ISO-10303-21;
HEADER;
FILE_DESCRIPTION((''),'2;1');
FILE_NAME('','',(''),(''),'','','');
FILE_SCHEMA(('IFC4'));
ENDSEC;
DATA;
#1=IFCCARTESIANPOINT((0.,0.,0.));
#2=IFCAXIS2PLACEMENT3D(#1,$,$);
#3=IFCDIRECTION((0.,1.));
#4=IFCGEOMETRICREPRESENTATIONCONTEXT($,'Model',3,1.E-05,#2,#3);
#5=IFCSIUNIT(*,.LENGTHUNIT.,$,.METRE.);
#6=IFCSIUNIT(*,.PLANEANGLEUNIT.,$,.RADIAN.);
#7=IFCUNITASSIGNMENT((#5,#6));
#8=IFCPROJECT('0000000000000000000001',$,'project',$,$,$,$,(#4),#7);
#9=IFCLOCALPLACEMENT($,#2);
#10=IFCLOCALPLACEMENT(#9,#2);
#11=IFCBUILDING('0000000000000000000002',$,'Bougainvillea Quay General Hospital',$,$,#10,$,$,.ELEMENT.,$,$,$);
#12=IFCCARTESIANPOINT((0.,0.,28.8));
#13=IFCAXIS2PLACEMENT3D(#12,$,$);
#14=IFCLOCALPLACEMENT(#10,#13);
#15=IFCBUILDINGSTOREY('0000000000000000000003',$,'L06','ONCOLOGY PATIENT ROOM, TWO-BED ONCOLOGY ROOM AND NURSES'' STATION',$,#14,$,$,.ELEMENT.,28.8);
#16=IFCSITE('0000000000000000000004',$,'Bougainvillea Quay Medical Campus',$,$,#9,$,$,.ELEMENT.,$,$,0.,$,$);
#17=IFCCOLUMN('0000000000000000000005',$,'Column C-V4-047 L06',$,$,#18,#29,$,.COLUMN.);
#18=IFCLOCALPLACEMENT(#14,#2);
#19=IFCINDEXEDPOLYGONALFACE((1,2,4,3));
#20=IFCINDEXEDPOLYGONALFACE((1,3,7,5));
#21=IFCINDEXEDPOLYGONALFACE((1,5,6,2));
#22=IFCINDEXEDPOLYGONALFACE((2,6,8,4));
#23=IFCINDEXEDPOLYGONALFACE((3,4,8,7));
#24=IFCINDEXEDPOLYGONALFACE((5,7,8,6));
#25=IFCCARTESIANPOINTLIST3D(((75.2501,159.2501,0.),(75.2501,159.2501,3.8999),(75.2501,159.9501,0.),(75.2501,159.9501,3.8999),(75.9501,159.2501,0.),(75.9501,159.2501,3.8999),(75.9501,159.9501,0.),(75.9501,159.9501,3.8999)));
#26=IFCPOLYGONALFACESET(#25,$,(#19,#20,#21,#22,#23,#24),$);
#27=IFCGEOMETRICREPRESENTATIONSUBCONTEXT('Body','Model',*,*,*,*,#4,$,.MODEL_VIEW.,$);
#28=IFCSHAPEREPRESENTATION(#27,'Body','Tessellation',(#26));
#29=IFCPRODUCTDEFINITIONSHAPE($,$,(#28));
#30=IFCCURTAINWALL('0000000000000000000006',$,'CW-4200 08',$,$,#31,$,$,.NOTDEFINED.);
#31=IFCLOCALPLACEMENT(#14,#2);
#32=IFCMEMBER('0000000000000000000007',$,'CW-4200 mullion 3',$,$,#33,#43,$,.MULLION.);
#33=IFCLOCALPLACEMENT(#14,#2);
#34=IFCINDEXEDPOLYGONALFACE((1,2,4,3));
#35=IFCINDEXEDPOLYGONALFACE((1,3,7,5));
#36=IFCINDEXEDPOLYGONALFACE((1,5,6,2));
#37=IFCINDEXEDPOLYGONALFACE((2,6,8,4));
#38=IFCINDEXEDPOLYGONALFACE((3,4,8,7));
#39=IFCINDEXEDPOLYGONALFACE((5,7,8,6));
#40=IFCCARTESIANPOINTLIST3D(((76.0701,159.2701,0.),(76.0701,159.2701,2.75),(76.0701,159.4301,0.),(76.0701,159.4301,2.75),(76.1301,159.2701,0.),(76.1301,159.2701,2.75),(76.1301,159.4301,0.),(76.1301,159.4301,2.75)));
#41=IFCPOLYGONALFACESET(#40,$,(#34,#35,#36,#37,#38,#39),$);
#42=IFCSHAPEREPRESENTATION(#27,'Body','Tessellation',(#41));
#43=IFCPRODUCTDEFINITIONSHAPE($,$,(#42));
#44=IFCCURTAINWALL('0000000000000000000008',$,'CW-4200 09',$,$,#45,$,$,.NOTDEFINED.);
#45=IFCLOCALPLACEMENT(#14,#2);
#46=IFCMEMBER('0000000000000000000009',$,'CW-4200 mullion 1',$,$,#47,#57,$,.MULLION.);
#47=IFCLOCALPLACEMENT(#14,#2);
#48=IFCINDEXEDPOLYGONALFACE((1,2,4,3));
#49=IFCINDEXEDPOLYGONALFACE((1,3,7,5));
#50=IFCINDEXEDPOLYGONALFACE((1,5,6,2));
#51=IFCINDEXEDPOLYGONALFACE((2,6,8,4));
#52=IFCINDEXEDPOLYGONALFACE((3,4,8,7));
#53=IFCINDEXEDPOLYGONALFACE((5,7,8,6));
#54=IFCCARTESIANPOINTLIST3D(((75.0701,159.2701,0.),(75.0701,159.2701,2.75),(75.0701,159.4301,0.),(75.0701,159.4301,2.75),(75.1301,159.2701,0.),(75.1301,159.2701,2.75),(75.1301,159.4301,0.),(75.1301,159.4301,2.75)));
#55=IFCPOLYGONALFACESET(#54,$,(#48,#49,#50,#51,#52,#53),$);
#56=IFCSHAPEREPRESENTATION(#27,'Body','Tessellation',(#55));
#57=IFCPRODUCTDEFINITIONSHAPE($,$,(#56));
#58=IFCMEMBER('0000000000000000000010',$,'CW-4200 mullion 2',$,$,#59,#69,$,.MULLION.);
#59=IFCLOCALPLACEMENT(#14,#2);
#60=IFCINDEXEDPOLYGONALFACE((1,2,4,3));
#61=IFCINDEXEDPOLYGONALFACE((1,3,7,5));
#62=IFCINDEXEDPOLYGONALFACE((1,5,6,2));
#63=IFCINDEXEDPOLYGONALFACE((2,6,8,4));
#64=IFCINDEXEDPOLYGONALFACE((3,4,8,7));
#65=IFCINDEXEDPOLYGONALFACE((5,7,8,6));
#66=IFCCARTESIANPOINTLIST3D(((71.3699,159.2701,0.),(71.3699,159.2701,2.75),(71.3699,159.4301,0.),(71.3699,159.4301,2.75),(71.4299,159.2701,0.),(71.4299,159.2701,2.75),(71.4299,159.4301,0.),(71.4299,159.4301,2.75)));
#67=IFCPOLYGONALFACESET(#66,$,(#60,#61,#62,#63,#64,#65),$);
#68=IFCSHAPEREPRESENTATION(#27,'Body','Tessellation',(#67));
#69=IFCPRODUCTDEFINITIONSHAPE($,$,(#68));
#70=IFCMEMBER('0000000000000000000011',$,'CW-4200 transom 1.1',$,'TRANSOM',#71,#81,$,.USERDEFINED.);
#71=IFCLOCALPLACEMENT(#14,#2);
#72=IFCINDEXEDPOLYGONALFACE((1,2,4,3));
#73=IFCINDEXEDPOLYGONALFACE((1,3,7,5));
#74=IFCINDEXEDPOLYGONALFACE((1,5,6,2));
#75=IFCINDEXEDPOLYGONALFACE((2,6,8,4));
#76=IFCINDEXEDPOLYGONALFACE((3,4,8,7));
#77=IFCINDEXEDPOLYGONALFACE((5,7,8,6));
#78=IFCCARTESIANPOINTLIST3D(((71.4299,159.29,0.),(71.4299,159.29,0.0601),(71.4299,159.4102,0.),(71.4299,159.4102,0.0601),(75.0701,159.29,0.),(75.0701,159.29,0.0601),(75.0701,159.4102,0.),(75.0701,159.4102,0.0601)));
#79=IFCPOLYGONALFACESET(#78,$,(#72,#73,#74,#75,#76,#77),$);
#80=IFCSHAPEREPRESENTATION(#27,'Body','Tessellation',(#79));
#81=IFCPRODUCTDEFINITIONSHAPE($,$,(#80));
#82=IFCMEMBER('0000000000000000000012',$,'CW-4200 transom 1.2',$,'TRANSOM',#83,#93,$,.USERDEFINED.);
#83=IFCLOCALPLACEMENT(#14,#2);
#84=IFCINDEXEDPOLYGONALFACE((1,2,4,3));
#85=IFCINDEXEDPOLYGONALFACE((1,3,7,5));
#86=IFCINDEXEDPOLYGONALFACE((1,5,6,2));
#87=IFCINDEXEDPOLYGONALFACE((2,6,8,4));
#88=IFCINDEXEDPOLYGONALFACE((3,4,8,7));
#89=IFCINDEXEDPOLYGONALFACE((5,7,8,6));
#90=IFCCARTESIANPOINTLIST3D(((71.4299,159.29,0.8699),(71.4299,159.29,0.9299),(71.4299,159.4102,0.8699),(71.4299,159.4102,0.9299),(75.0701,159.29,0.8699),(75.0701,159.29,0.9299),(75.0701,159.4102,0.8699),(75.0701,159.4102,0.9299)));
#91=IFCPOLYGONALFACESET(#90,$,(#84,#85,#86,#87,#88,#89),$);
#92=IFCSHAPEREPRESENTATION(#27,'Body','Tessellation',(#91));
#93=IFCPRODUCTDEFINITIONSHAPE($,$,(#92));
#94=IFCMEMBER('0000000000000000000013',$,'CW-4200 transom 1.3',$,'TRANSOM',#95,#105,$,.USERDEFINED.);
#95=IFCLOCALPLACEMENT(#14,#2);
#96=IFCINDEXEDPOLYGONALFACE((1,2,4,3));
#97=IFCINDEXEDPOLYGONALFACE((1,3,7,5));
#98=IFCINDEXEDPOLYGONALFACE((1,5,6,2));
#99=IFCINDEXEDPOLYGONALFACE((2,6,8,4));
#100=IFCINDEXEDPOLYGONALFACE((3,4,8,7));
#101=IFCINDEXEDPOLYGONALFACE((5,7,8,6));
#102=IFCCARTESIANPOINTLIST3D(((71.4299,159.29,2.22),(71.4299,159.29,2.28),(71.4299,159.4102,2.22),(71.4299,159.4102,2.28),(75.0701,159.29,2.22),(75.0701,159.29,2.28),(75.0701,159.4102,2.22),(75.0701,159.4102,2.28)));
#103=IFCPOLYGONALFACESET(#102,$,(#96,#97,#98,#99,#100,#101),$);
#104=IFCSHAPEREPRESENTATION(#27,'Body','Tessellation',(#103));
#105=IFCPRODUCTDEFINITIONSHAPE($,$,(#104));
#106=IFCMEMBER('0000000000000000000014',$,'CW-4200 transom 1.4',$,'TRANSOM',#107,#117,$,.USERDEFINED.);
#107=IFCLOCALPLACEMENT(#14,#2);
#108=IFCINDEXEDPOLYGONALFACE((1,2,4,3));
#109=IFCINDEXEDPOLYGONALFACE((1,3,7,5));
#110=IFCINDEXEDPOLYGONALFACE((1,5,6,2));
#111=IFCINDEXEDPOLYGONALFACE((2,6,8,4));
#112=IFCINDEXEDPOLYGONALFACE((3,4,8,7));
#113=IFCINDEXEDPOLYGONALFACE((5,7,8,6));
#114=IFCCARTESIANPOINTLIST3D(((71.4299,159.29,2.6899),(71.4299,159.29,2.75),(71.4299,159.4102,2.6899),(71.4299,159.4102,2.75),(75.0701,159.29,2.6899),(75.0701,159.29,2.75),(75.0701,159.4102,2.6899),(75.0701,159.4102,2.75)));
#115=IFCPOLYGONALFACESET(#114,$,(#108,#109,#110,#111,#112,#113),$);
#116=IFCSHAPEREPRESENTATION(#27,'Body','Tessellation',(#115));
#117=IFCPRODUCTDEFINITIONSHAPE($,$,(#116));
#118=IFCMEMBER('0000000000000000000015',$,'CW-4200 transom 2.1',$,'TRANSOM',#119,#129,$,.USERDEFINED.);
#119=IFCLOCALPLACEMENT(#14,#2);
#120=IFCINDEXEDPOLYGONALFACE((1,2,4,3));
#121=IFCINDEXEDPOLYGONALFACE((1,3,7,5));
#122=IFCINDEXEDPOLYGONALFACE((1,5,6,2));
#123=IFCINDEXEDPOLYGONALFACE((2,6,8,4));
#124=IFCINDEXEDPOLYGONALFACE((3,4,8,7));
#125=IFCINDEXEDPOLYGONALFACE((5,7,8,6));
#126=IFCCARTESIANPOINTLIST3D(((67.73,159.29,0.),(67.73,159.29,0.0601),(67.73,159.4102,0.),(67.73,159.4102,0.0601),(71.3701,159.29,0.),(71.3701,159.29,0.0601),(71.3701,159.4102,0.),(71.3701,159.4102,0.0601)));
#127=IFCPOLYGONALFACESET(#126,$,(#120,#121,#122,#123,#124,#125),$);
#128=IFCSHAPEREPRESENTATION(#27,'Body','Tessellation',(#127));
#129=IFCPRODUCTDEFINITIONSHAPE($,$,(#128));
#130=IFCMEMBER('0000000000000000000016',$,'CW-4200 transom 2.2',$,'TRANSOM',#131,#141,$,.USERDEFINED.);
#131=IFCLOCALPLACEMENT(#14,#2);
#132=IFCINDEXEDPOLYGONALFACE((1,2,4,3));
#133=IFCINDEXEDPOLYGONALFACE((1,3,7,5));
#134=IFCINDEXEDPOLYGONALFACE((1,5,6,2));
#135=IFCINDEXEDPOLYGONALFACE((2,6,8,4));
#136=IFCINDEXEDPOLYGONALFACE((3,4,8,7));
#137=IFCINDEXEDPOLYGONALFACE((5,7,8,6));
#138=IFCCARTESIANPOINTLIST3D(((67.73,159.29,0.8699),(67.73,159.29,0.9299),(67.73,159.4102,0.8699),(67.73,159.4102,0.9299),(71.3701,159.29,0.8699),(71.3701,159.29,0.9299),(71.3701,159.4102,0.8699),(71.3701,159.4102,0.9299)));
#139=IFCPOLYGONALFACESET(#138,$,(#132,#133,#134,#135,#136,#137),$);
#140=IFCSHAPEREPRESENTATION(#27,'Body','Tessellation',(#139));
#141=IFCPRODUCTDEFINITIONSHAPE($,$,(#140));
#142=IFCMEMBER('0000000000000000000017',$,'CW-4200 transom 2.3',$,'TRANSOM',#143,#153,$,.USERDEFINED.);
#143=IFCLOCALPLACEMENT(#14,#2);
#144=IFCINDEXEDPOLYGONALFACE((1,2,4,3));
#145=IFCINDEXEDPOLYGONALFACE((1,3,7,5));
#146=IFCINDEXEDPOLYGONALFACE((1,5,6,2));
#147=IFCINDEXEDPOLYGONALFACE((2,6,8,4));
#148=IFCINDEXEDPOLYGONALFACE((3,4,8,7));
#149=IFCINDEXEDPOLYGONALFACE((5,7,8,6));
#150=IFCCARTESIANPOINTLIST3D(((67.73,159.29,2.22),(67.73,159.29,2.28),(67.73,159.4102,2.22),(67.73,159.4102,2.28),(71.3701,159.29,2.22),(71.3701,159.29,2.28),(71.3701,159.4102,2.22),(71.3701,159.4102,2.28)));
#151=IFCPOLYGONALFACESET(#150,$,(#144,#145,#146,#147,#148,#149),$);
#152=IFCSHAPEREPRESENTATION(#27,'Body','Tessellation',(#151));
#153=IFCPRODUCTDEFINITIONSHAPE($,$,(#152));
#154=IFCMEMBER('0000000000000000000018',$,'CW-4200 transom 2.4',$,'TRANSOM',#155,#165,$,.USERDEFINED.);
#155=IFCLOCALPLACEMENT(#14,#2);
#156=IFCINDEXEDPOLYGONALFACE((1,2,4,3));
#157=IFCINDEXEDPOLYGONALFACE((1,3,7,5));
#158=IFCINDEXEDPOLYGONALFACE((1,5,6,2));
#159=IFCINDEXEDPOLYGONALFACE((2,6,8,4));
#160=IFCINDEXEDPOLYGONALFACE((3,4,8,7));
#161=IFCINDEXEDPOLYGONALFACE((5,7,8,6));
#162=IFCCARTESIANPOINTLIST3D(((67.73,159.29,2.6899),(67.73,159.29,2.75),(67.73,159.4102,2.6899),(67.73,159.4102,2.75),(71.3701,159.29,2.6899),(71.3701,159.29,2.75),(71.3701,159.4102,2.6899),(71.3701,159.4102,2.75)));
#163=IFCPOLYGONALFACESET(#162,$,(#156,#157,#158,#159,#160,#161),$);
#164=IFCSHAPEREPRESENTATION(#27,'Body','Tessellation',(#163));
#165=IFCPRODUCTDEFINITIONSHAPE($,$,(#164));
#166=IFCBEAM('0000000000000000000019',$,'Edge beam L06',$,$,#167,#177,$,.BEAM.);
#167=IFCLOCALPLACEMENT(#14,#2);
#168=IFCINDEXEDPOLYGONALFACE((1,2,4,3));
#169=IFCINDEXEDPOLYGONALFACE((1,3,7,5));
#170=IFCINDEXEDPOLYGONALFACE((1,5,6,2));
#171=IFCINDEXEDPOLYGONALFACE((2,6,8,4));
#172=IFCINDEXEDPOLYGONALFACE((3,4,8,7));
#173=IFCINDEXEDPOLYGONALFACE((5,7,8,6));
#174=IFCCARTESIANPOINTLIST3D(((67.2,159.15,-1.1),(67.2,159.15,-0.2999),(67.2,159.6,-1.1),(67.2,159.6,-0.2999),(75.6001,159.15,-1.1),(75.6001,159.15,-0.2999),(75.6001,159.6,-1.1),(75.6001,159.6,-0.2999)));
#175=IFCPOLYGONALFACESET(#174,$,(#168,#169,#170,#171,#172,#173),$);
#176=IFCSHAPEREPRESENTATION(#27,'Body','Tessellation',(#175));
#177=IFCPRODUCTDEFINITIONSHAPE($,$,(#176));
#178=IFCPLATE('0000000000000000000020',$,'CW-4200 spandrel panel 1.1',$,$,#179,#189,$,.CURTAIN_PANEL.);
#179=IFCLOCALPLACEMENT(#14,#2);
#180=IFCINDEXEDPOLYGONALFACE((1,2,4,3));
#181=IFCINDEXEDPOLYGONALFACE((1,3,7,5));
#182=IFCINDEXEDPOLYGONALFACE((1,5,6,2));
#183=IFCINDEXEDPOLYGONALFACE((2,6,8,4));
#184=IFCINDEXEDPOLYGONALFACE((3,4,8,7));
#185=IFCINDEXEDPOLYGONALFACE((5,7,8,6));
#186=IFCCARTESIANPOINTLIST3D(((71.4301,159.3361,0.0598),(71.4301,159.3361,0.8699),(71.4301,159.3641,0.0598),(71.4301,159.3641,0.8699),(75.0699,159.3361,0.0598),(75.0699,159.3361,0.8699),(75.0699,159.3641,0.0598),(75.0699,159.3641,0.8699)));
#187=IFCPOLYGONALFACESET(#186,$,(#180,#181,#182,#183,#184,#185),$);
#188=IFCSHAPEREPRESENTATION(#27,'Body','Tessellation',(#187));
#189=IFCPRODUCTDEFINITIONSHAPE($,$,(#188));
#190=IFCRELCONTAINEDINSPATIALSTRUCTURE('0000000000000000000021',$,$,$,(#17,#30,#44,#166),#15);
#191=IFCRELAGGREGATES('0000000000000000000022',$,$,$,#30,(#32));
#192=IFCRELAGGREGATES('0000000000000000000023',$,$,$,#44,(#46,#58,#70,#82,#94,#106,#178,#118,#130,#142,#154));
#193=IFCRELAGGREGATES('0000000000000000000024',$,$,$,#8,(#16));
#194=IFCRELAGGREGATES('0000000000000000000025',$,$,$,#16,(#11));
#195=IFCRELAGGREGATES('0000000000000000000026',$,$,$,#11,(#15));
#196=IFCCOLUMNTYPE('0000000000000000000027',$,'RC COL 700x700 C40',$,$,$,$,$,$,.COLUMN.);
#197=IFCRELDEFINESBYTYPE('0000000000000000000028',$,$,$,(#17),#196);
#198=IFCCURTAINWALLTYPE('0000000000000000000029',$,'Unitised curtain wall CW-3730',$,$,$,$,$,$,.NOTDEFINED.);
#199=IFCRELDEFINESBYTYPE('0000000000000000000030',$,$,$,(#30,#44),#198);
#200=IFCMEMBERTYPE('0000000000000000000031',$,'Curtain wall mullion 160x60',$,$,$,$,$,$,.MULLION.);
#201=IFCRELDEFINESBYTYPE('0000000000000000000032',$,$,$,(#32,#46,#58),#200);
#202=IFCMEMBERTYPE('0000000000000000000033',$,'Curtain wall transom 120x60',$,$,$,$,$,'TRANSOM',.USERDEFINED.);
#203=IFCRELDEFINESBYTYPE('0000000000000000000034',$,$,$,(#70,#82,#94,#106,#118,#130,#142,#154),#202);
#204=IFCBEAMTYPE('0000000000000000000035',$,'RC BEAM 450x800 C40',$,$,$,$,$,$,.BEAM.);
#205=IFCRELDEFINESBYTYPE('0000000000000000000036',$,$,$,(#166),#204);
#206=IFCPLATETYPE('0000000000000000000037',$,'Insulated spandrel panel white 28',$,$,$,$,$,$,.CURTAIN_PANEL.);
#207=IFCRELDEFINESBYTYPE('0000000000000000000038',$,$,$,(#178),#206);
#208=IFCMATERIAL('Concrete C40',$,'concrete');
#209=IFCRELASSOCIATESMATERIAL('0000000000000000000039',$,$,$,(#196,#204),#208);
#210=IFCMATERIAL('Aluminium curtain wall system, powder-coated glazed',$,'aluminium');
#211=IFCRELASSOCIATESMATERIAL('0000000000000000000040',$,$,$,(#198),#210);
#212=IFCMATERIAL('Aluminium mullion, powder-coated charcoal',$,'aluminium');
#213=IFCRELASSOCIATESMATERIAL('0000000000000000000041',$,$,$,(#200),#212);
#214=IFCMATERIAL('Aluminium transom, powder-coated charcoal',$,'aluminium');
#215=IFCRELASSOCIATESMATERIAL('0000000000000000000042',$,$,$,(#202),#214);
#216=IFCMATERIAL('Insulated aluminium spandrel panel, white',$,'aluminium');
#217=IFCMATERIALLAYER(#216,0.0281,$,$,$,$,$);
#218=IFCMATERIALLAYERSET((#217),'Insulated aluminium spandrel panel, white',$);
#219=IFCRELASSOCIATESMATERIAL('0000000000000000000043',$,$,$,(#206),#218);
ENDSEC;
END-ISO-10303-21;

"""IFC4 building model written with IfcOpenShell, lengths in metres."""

from ifc_helpers import new_model, si_unit, direction, frame, origin, origin_2d, place, context, subcontext, project, spatial, rectangle, extrude, material, layer, layer_set, material_profile, profile_set, type_object, element, aggregate, save


model = new_model("IFC4")

# Units and contexts
model_context = context("Model", 3, precision=1e-05, world=origin(), true_north=direction((0.0, 1.0)))
body_context = subcontext(model_context, "Body", "Model", "MODEL_VIEW")
ifc_project = project(units=[si_unit("LENGTHUNIT", "METRE"), si_unit("PLANEANGLEUNIT", "RADIAN")], contexts=[model_context])

# Site, building, storey
site_placement = place(None, origin())
site = spatial("IfcSite", under=ifc_project, at=site_placement, Name="Bougainvillea Quay Medical Campus", CompositionType="ELEMENT", RefElevation=0.0)
building_placement = place(site_placement, origin())
building = spatial("IfcBuilding", under=site, at=building_placement, Name="Bougainvillea Quay General Hospital", CompositionType="ELEMENT")
storey_placement = place(building_placement, frame((0.0, 0.0, 28.8)))
storey = spatial("IfcBuildingStorey", under=building, at=storey_placement, Name="L06", Description="ONCOLOGY PATIENT ROOM, TWO-BED ONCOLOGY ROOM AND NURSES' STATION", CompositionType="ELEMENT", Elevation=28.8)

# Column
ifc_material_1 = material(Name="Concrete C40", Category="concrete")
ifc_material_profile_1 = material_profile(ifc_material_1, rectangle(XDim=0.7, YDim=0.7, at=origin_2d()))
ifc_profile_set_1 = profile_set([ifc_material_profile_1], Name="Concrete C40")
column_type = type_object("IfcColumnType", Name="RC COL 700x700 C40", PredefinedType="COLUMN", material=ifc_profile_set_1)
column_placement = place(storey_placement, frame((75.6001, 159.6001, 0.0), z_axis=(0.0, 0.0, 1.0), x_axis=(1.0, 0.0, 0.0)))
element("IfcColumn", 1, at=column_placement, inside=storey, type_object=column_type, Name="Column C-V4-047 L06", PredefinedType="COLUMN", context=body_context, shape_type="SweptSolid", body=[
    extrude(rectangle(XDim=0.7, YDim=0.7, at=origin_2d()), origin(), (0.0, 0.0, 1.0), 3.8999),
])

# Curtain wall, member
ifc_material_2 = material(Name="Aluminium curtain wall system, powder-coated glazed", Category="aluminium")
curtain_wall_type = type_object("IfcCurtainWallType", Name="Unitised curtain wall CW-3730", PredefinedType="NOTDEFINED", material=ifc_material_2)
curtain_wall_1_placement = place(storey_placement, origin())
curtain_wall_1 = element("IfcCurtainWall", 2, at=curtain_wall_1_placement, inside=storey, type_object=curtain_wall_type, Name="CW-4200 08", PredefinedType="NOTDEFINED")
ifc_material_3 = material(Name="Aluminium mullion, powder-coated charcoal", Category="aluminium")
ifc_material_profile_2 = material_profile(ifc_material_3, rectangle(XDim=0.1599, YDim=0.0601, at=origin_2d()))
ifc_profile_set_2 = profile_set([ifc_material_profile_2], Name="Aluminium mullion, powder-coated charcoal")
member_type_1 = type_object("IfcMemberType", Name="Curtain wall mullion 160x60", PredefinedType="MULLION", material=ifc_profile_set_2)
member_1_placement = place(storey_placement, frame((76.1001, 159.3501, 0.0), z_axis=(0.0, 0.0, 1.0), x_axis=(0.0, -1.0, 0.0)))
member_1 = element("IfcMember", 3, at=member_1_placement, type_object=member_type_1, Name="CW-4200 mullion 3", PredefinedType="MULLION", context=body_context, shape_type="SweptSolid", body=[
    extrude(rectangle(XDim=0.1599, YDim=0.0601, at=origin_2d()), origin(), (0.0, 0.0, 1.0), 2.75),
])
aggregate(curtain_wall_1, [member_1])

# Curtain wall, members
curtain_wall_2_placement = place(storey_placement, origin())
curtain_wall_2 = element("IfcCurtainWall", 4, at=curtain_wall_2_placement, inside=storey, type_object=curtain_wall_type, Name="CW-4200 09", PredefinedType="NOTDEFINED")
member_2_placement = place(storey_placement, frame((75.1001, 159.3501, 0.0), z_axis=(0.0, 0.0, 1.0), x_axis=(0.0, -1.0, 0.0)))
member_2 = element("IfcMember", 5, at=member_2_placement, type_object=member_type_1, Name="CW-4200 mullion 1", PredefinedType="MULLION", context=body_context, shape_type="SweptSolid", body=[
    extrude(rectangle(XDim=0.1599, YDim=0.0601, at=origin_2d()), origin(), (0.0, 0.0, 1.0), 2.75),
])
member_3_placement = place(storey_placement, frame((71.3999, 159.3501, 0.0), z_axis=(0.0, 0.0, 1.0), x_axis=(0.0, -1.0, 0.0)))
member_3 = element("IfcMember", 6, at=member_3_placement, type_object=member_type_1, Name="CW-4200 mullion 2", PredefinedType="MULLION", context=body_context, shape_type="SweptSolid", body=[
    extrude(rectangle(XDim=0.1599, YDim=0.0601, at=origin_2d()), origin(), (0.0, 0.0, 1.0), 2.75),
])
ifc_material_4 = material(Name="Aluminium transom, powder-coated charcoal", Category="aluminium")
ifc_material_profile_3 = material_profile(ifc_material_4, rectangle(XDim=0.1201, YDim=0.0601, at=origin_2d()))
ifc_profile_set_3 = profile_set([ifc_material_profile_3], Name="Aluminium transom, powder-coated charcoal")
member_type_2 = type_object("IfcMemberType", Name="Curtain wall transom 120x60", ElementType="TRANSOM", PredefinedType="USERDEFINED", material=ifc_profile_set_3)
member_4_placement = place(storey_placement, frame((75.0701, 159.3501, 0.03), z_axis=(-1.0, 0.0, 0.0), x_axis=(0.0, -1.0, 0.0)))
member_4 = element("IfcMember", 7, at=member_4_placement, type_object=member_type_2, Name="CW-4200 transom 1.1", ObjectType="TRANSOM", PredefinedType="USERDEFINED", context=body_context, shape_type="SweptSolid", body=[
    extrude(rectangle(XDim=0.1201, YDim=0.0601, at=origin_2d()), origin(), (0.0, 0.0, 1.0), 3.6401),
])
member_5_placement = place(storey_placement, frame((75.0701, 159.3501, 0.8999), z_axis=(-1.0, 0.0, 0.0), x_axis=(0.0, -1.0, 0.0)))
member_5 = element("IfcMember", 8, at=member_5_placement, type_object=member_type_2, Name="CW-4200 transom 1.2", ObjectType="TRANSOM", PredefinedType="USERDEFINED", context=body_context, shape_type="SweptSolid", body=[
    extrude(rectangle(XDim=0.1201, YDim=0.0601, at=origin_2d()), origin(), (0.0, 0.0, 1.0), 3.6401),
])
member_6_placement = place(storey_placement, frame((75.0701, 159.3501, 2.25), z_axis=(-1.0, 0.0, 0.0), x_axis=(0.0, -1.0, 0.0)))
member_6 = element("IfcMember", 9, at=member_6_placement, type_object=member_type_2, Name="CW-4200 transom 1.3", ObjectType="TRANSOM", PredefinedType="USERDEFINED", context=body_context, shape_type="SweptSolid", body=[
    extrude(rectangle(XDim=0.1201, YDim=0.0601, at=origin_2d()), origin(), (0.0, 0.0, 1.0), 3.6401),
])
member_7_placement = place(storey_placement, frame((75.0701, 159.3501, 2.72), z_axis=(-1.0, 0.0, 0.0), x_axis=(0.0, -1.0, 0.0)))
member_7 = element("IfcMember", 10, at=member_7_placement, type_object=member_type_2, Name="CW-4200 transom 1.4", ObjectType="TRANSOM", PredefinedType="USERDEFINED", context=body_context, shape_type="SweptSolid", body=[
    extrude(rectangle(XDim=0.1201, YDim=0.0601, at=origin_2d()), origin(), (0.0, 0.0, 1.0), 3.6401),
])
member_8_placement = place(storey_placement, frame((71.3701, 159.3501, 0.03), z_axis=(-1.0, 0.0, 0.0), x_axis=(0.0, -1.0, 0.0)))
member_8 = element("IfcMember", 11, at=member_8_placement, type_object=member_type_2, Name="CW-4200 transom 2.1", ObjectType="TRANSOM", PredefinedType="USERDEFINED", context=body_context, shape_type="SweptSolid", body=[
    extrude(rectangle(XDim=0.1201, YDim=0.0601, at=origin_2d()), origin(), (0.0, 0.0, 1.0), 3.6401),
])
member_9_placement = place(storey_placement, frame((71.3701, 159.3501, 0.8999), z_axis=(-1.0, 0.0, 0.0), x_axis=(0.0, -1.0, 0.0)))
member_9 = element("IfcMember", 12, at=member_9_placement, type_object=member_type_2, Name="CW-4200 transom 2.2", ObjectType="TRANSOM", PredefinedType="USERDEFINED", context=body_context, shape_type="SweptSolid", body=[
    extrude(rectangle(XDim=0.1201, YDim=0.0601, at=origin_2d()), origin(), (0.0, 0.0, 1.0), 3.6401),
])
member_10_placement = place(storey_placement, frame((71.3701, 159.3501, 2.25), z_axis=(-1.0, 0.0, 0.0), x_axis=(0.0, -1.0, 0.0)))
member_10 = element("IfcMember", 13, at=member_10_placement, type_object=member_type_2, Name="CW-4200 transom 2.3", ObjectType="TRANSOM", PredefinedType="USERDEFINED", context=body_context, shape_type="SweptSolid", body=[
    extrude(rectangle(XDim=0.1201, YDim=0.0601, at=origin_2d()), origin(), (0.0, 0.0, 1.0), 3.6401),
])
member_11_placement = place(storey_placement, frame((71.3701, 159.3501, 2.72), z_axis=(-1.0, 0.0, 0.0), x_axis=(0.0, -1.0, 0.0)))
member_11 = element("IfcMember", 14, at=member_11_placement, type_object=member_type_2, Name="CW-4200 transom 2.4", ObjectType="TRANSOM", PredefinedType="USERDEFINED", context=body_context, shape_type="SweptSolid", body=[
    extrude(rectangle(XDim=0.1201, YDim=0.0601, at=origin_2d()), origin(), (0.0, 0.0, 1.0), 3.6401),
])

# Beam
ifc_material_profile_4 = material_profile(ifc_material_1, rectangle(XDim=0.45, YDim=0.8, at=origin_2d()))
ifc_profile_set_4 = profile_set([ifc_material_profile_4], Name="Concrete C40")
beam_type = type_object("IfcBeamType", Name="RC BEAM 450x800 C40", PredefinedType="BEAM", material=ifc_profile_set_4)
beam_placement = place(storey_placement, frame((75.6001, 159.375, -0.7), z_axis=(-1.0, 0.0, 0.0), x_axis=(0.0, -1.0, 0.0)))
element("IfcBeam", 15, at=beam_placement, inside=storey, type_object=beam_type, Name="Edge beam L06", PredefinedType="BEAM", context=body_context, shape_type="SweptSolid", body=[
    extrude(rectangle(XDim=0.45, YDim=0.8, at=origin_2d()), origin(), (0.0, 0.0, 1.0), 8.4001),
])

# Plate
ifc_material_5 = material(Name="Insulated aluminium spandrel panel, white", Category="aluminium")
ifc_layer_1 = layer(ifc_material_5, 0.0281)
ifc_layer_set_1 = layer_set([ifc_layer_1], Name="Insulated aluminium spandrel panel, white")
plate_type_1 = type_object("IfcPlateType", Name="Insulated spandrel panel white 28", PredefinedType="CURTAIN_PANEL", material=ifc_layer_set_1)
plate_1_placement = place(storey_placement, frame((73.25, 159.3501, 0.0598), z_axis=(0.0, 0.0, 1.0), x_axis=(-1.0, 0.0, 0.0)))
plate_1 = element("IfcPlate", 16, at=plate_1_placement, type_object=plate_type_1, Name="CW-4200 spandrel panel 1.1", PredefinedType="CURTAIN_PANEL", context=body_context, shape_type="SweptSolid", body=[
    extrude(rectangle(XDim=3.6399, YDim=0.0281, at=origin_2d()), origin(), (0.0, 0.0, 1.0), 0.8101),
])
aggregate(curtain_wall_2, [member_2, member_3, member_4, member_5, member_6, member_7, plate_1, member_8, member_9, member_10, member_11])

save(model, "model.ifc")
